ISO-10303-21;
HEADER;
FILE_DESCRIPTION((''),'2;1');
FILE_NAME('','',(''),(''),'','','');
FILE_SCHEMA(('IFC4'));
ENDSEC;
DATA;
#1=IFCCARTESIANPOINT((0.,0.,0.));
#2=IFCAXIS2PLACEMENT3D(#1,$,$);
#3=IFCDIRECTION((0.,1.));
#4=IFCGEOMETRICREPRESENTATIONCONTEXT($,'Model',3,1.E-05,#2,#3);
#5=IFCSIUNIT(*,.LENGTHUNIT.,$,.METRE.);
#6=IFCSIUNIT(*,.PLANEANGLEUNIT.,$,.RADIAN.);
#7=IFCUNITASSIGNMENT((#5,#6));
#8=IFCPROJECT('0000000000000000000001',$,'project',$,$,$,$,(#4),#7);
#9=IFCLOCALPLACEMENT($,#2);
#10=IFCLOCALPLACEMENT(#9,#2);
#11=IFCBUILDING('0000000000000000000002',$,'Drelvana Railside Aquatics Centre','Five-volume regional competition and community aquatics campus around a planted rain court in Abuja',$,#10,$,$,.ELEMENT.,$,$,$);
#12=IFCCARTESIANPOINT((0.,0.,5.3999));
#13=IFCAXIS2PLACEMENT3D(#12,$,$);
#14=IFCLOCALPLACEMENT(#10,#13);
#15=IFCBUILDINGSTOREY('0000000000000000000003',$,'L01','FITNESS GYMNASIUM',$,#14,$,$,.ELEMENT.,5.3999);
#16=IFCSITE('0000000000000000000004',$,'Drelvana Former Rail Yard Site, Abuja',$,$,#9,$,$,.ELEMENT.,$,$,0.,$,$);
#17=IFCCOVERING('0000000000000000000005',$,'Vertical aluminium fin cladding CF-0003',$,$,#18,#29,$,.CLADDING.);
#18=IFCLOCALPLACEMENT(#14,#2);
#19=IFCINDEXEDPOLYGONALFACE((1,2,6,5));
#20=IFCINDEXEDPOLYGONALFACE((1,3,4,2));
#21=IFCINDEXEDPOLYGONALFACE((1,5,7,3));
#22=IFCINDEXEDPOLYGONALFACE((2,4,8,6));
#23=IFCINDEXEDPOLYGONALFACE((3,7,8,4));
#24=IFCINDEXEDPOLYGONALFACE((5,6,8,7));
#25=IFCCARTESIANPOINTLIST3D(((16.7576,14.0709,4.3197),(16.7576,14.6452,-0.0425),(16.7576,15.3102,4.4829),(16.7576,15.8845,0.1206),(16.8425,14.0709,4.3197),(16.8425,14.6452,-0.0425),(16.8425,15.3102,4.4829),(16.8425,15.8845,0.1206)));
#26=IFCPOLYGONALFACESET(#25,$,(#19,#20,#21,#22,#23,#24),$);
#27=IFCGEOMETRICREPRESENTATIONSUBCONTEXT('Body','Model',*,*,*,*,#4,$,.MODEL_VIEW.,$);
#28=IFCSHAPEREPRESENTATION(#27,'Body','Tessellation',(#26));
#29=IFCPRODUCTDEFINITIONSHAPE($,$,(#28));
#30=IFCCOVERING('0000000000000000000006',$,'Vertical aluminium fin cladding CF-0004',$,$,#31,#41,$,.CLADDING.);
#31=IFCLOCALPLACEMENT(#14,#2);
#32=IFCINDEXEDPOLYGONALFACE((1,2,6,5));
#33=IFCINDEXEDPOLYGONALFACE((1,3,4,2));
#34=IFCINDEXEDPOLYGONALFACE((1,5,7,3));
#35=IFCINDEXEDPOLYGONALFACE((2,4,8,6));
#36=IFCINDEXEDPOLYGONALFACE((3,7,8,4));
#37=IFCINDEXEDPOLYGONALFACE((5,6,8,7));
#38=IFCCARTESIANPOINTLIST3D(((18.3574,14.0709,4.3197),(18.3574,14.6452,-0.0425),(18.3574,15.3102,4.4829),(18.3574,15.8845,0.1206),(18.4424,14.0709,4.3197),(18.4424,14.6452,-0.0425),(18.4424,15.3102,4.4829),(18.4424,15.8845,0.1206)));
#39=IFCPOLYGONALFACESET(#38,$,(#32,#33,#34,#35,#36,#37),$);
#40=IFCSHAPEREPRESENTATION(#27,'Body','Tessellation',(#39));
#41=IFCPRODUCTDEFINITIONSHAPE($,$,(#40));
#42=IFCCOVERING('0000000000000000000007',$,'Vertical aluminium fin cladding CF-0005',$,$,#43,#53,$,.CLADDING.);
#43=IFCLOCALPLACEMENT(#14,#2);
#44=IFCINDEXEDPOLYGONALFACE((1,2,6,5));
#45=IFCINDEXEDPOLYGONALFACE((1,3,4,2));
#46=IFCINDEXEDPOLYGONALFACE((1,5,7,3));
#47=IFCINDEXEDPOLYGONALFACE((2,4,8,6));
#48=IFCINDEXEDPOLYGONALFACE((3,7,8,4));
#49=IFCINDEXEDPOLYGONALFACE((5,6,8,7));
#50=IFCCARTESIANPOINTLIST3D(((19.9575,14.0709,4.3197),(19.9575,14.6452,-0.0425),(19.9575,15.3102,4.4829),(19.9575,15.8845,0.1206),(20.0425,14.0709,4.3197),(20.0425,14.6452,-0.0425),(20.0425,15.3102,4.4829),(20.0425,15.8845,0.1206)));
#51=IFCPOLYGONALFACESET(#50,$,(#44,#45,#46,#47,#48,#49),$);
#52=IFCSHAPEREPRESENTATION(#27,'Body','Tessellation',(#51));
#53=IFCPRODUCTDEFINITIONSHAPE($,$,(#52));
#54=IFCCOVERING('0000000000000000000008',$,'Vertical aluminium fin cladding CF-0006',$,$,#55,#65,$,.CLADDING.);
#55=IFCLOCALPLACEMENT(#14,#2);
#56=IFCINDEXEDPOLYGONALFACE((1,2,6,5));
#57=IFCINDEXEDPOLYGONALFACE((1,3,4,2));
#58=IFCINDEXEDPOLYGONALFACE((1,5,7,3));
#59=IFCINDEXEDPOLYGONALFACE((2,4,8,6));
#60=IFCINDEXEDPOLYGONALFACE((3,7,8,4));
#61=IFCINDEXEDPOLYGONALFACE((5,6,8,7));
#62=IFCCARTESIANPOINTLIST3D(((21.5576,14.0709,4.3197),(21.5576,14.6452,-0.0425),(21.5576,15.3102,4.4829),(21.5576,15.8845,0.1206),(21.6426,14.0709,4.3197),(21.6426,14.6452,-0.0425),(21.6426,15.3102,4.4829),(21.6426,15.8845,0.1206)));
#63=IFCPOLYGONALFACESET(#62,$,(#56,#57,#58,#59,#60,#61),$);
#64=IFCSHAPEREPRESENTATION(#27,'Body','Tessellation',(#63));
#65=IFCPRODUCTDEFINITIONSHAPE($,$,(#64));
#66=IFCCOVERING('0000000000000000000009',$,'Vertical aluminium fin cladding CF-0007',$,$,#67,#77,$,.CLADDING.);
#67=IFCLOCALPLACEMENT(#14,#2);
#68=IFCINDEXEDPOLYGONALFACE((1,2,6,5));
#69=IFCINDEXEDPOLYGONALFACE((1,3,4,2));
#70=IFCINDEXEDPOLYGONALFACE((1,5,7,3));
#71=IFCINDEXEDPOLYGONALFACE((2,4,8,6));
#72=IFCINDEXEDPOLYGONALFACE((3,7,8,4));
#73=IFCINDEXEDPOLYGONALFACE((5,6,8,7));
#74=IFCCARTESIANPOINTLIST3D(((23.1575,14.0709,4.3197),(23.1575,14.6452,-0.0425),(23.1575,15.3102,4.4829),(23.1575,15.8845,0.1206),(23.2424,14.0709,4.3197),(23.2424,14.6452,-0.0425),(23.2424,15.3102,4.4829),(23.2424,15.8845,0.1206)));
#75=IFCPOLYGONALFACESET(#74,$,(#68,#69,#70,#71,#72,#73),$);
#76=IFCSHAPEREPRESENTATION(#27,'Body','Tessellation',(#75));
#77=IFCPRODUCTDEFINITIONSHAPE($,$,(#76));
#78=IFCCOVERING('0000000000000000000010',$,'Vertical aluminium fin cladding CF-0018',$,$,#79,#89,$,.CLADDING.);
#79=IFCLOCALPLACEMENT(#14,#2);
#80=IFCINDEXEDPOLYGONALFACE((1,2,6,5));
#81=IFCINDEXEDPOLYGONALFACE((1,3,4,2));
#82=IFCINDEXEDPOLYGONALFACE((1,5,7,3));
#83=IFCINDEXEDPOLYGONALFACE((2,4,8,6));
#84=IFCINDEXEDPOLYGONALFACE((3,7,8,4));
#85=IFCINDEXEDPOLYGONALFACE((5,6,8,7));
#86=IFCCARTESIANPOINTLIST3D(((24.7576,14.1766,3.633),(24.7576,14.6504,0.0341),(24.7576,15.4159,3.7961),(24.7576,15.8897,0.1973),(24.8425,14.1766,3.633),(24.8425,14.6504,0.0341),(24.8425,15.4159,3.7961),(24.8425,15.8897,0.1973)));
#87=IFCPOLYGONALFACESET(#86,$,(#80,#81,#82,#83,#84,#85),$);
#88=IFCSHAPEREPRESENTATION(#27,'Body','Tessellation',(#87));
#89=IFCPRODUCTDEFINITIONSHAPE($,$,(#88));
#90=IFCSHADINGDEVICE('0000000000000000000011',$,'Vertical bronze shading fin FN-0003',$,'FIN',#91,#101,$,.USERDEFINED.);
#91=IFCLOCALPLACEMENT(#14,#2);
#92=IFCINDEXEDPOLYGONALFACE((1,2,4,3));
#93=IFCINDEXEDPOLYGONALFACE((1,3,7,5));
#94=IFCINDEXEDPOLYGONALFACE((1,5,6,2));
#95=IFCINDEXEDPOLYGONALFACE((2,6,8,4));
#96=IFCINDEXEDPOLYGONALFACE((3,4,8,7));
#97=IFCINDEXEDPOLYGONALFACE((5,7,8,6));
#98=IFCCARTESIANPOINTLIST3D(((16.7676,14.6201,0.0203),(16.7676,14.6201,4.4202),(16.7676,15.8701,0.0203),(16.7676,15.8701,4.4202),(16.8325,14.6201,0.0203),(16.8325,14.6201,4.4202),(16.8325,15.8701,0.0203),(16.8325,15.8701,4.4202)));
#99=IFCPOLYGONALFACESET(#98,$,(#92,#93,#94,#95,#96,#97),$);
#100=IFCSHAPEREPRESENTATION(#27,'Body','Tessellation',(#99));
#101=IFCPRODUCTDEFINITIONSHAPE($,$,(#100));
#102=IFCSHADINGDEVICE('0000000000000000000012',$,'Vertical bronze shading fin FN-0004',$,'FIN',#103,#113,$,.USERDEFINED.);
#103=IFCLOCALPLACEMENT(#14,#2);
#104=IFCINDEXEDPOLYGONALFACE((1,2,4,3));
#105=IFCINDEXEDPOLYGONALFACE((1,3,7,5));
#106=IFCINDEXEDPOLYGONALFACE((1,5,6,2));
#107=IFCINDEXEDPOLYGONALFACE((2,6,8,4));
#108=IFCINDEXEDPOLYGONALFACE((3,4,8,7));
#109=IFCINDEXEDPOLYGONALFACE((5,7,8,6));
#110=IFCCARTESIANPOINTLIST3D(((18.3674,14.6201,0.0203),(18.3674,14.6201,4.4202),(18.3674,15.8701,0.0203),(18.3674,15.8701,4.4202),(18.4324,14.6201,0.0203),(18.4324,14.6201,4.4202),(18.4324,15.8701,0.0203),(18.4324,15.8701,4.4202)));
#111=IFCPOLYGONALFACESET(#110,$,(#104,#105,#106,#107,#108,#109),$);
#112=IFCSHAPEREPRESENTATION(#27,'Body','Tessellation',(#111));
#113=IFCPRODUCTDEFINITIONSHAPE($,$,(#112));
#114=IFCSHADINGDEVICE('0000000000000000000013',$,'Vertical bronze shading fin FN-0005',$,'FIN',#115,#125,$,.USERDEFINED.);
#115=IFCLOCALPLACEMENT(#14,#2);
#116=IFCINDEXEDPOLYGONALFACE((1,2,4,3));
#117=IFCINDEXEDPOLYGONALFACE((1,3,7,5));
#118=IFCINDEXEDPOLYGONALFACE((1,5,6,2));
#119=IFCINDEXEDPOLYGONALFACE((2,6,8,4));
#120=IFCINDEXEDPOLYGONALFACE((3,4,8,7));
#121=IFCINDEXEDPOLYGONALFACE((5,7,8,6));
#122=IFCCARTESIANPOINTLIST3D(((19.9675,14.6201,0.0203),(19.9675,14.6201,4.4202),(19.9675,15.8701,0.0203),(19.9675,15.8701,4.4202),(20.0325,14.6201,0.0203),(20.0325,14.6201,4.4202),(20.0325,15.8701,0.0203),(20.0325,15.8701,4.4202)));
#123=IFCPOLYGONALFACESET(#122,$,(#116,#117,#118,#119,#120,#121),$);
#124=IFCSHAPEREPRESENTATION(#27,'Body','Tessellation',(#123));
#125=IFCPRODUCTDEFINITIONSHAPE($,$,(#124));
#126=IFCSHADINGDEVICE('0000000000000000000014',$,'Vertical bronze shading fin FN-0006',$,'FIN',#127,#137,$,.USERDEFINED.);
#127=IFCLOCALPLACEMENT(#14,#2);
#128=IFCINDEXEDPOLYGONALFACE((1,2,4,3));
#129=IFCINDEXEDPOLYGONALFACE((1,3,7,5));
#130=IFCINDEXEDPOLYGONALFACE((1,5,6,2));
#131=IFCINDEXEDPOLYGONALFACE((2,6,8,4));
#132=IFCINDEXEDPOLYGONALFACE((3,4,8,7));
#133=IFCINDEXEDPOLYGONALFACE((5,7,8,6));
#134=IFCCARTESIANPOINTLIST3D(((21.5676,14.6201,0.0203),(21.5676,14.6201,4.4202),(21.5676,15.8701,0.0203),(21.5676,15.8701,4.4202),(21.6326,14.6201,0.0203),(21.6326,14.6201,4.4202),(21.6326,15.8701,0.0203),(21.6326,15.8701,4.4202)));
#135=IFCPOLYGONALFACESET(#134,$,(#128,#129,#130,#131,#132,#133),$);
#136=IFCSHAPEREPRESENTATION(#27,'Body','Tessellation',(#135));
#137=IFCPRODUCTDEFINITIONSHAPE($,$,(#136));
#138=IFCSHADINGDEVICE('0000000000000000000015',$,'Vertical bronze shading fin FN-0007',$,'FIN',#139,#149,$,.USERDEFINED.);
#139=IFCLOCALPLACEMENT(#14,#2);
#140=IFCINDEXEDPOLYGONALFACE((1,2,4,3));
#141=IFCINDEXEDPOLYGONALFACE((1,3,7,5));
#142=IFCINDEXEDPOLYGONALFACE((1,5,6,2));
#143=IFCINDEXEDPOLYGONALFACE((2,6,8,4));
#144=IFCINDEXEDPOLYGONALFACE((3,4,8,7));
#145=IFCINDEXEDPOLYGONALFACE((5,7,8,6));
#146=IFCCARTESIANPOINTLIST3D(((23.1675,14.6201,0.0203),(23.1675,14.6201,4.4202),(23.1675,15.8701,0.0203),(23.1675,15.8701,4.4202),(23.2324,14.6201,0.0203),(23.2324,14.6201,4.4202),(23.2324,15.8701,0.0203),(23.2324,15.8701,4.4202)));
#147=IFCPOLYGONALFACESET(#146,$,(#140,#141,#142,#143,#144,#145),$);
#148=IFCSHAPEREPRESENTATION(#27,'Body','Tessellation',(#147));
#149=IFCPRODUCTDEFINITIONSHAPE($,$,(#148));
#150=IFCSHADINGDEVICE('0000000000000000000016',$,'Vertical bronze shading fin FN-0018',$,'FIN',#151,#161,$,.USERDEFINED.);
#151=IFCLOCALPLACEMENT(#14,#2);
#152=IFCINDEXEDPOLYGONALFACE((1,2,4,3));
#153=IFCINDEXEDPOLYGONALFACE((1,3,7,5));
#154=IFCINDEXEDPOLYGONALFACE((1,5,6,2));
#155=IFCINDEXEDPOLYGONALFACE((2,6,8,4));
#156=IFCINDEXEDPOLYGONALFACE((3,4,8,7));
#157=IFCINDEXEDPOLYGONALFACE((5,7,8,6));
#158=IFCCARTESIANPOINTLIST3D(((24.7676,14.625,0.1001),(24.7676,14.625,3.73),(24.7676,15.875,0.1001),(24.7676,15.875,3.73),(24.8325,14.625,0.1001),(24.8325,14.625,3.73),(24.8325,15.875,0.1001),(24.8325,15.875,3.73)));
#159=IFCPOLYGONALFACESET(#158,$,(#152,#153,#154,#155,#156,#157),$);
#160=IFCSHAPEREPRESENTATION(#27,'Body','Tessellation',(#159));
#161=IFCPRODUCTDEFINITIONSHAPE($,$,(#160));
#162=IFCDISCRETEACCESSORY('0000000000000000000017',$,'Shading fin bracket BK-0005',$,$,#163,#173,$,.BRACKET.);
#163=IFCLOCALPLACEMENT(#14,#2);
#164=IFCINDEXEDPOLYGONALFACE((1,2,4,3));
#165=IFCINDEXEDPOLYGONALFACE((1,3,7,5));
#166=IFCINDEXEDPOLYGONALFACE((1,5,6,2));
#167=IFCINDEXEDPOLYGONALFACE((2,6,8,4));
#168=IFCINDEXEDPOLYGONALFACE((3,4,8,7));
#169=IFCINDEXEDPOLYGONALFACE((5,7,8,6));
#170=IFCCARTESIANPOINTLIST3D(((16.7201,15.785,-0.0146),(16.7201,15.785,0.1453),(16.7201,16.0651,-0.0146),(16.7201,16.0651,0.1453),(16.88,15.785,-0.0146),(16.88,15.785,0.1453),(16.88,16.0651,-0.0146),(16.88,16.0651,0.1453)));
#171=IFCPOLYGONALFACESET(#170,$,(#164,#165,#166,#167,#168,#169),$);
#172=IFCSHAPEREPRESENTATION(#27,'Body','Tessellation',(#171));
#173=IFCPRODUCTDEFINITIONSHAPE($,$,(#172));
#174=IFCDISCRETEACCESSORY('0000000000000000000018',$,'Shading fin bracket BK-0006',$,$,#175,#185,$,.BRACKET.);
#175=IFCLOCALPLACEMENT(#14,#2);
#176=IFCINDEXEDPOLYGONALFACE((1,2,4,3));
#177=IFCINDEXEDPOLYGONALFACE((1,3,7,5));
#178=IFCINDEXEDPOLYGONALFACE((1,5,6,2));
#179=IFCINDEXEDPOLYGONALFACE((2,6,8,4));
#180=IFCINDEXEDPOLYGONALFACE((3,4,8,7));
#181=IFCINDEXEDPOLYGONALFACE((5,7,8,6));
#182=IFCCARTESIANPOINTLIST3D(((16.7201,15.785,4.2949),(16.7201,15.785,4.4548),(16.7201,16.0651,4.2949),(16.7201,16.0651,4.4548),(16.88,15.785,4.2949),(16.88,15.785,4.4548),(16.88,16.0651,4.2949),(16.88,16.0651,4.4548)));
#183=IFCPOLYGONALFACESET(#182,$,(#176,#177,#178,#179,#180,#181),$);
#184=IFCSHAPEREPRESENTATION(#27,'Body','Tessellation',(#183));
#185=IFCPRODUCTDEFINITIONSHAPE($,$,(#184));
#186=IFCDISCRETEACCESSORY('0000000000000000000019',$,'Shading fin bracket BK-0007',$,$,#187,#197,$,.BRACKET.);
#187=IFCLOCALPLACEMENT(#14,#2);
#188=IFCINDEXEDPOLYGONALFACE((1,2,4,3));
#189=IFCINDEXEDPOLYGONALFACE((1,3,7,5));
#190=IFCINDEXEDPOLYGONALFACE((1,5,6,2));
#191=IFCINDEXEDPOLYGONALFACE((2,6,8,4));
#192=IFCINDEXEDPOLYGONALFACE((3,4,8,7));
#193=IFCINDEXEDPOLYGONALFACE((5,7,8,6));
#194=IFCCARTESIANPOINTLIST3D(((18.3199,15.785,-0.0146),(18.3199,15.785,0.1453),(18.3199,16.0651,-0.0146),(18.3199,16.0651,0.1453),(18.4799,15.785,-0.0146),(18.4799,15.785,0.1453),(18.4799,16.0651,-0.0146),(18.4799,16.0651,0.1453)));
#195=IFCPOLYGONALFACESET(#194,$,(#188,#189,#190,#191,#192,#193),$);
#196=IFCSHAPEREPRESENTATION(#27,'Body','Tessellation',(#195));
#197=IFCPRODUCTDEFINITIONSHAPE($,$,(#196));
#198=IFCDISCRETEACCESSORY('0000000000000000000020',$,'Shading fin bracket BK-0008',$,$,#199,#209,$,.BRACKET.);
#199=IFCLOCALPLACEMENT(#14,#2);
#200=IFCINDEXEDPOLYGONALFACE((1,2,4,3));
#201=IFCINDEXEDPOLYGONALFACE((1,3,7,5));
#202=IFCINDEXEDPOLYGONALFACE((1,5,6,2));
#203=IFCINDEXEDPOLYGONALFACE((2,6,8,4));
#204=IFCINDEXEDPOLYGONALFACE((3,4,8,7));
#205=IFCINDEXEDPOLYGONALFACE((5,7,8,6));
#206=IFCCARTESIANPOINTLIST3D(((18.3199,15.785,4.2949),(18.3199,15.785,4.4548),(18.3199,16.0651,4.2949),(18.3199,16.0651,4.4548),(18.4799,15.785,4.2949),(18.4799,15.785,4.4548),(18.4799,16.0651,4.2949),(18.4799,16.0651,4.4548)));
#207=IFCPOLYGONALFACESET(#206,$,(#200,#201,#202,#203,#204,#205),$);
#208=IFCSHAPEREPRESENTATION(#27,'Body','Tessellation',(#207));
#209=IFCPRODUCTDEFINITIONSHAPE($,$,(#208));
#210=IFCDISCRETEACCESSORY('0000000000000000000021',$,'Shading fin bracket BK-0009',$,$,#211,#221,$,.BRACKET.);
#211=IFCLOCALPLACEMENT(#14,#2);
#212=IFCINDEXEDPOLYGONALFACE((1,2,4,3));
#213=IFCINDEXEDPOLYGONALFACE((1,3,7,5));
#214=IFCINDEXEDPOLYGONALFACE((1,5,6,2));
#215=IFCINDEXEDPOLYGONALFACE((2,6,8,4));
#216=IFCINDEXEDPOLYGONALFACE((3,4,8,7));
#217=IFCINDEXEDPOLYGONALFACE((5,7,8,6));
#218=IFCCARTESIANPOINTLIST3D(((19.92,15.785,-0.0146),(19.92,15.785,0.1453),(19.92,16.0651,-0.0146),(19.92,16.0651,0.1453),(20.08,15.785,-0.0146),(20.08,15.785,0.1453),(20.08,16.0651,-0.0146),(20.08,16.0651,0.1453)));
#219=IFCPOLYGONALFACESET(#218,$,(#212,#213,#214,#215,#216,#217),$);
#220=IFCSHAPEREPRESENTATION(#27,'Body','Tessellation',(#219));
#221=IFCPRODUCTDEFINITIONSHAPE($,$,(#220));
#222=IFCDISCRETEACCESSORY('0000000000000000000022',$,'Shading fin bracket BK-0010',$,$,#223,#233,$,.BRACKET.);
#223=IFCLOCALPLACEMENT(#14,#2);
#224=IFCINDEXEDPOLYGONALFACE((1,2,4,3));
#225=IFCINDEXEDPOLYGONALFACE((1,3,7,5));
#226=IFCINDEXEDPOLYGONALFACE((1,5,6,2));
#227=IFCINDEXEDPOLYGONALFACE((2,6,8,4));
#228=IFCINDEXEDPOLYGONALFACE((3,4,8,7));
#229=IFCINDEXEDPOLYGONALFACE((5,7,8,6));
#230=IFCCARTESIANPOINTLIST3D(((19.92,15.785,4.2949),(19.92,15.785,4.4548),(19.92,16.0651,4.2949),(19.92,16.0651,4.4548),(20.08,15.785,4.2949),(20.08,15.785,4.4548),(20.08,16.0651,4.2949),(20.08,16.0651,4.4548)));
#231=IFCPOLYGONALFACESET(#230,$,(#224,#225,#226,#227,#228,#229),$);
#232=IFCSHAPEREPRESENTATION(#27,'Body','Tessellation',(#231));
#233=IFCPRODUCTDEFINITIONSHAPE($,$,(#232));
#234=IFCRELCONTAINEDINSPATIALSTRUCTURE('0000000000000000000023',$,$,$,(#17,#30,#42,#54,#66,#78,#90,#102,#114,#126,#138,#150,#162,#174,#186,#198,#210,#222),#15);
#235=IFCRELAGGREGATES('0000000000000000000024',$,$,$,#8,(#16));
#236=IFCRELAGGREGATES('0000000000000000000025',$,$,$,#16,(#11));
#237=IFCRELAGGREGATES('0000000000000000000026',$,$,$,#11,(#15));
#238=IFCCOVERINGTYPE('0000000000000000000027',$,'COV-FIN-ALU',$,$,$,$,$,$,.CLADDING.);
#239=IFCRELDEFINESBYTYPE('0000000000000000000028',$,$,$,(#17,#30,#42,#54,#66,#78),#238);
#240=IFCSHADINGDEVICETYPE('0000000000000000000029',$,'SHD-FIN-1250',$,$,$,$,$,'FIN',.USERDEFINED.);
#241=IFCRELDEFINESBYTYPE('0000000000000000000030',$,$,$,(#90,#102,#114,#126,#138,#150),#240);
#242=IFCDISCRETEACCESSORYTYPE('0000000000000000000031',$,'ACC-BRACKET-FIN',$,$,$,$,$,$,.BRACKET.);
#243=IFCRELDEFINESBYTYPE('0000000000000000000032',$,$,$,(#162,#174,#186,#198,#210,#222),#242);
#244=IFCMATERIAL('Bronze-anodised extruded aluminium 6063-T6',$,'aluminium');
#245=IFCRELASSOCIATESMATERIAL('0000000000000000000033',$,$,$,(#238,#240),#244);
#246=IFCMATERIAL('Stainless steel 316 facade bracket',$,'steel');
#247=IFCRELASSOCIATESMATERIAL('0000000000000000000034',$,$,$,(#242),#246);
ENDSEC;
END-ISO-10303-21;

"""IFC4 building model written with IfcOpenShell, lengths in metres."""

from ifc_helpers import new_model, si_unit, direction, frame, origin, origin_2d, place, context, subcontext, project, spatial, rectangle, extrude, material, type_object, element, save


model = new_model("IFC4")

# Units and contexts
model_context = context("Model", 3, precision=1e-05, world=origin(), true_north=direction((0.0, 1.0)))
body_context = subcontext(model_context, "Body", "Model", "MODEL_VIEW")
ifc_project = project(units=[si_unit("LENGTHUNIT", "METRE"), si_unit("PLANEANGLEUNIT", "RADIAN")], contexts=[model_context])

# Site, building, storey
site_placement = place(None, origin())
site = spatial("IfcSite", under=ifc_project, at=site_placement, Name="Drelvana Former Rail Yard Site, Abuja", CompositionType="ELEMENT", RefElevation=0.0)
building_placement = place(site_placement, origin())
building = spatial("IfcBuilding", under=site, at=building_placement, Name="Drelvana Railside Aquatics Centre", Description="Five-volume regional competition and community aquatics campus around a planted rain court in Abuja", CompositionType="ELEMENT")
storey_placement = place(building_placement, frame((0.0, 0.0, 5.3999)))
storey = spatial("IfcBuildingStorey", under=building, at=storey_placement, Name="L01", Description="FITNESS GYMNASIUM", CompositionType="ELEMENT", Elevation=5.3999)

# Coverings
ifc_material_1 = material(Name="Bronze-anodised extruded aluminium 6063-T6", Category="aluminium")
covering_type = type_object("IfcCoveringType", Name="COV-FIN-ALU", PredefinedType="CLADDING", material=ifc_material_1)
for number, where, z_axis, x_axis, name in (
    (1, (16.8, 15.2649, 0.0391), (0.0, -0.130526, 0.991445), (-1.0, 0.0, 0.0), "Vertical aluminium fin cladding CF-0003"),
    (2, (18.3999, 15.2649, 0.0391), (0.0, -0.130526, 0.991445), (-1.0, 0.0, 0.0), "Vertical aluminium fin cladding CF-0004"),
    (3, (20.0, 15.2649, 0.0391), (0.0, -0.130526, 0.991445), (-1.0, 0.0, 0.0), "Vertical aluminium fin cladding CF-0005"),
    (4, (21.6001, 15.2649, 0.0391), (0.0, -0.130526, 0.991445), (-1.0, 0.0, 0.0), "Vertical aluminium fin cladding CF-0006"),
    (5, (23.2, 15.2649, 0.0391), (0.0, -0.130526, 0.991445), (-1.0, 0.0, 0.0), "Vertical aluminium fin cladding CF-0007"),
):
    element("IfcCovering", number, at=place(storey_placement, frame(where, z_axis=z_axis, x_axis=x_axis)), inside=storey, type_object=covering_type, Name=name, PredefinedType="CLADDING", context=body_context, shape_type="SweptSolid", body=[
        extrude(rectangle(XDim=0.085, YDim=1.25, at=origin_2d()), origin(), (0.0, 0.0, 1.0), 4.3999),
    ])
covering_placement = place(storey_placement, frame((24.8, 15.27, 0.1157), z_axis=(0.0, -0.130526, 0.991445), x_axis=(-1.0, 0.0, 0.0)))
element("IfcCovering", 6, at=covering_placement, inside=storey, type_object=covering_type, Name="Vertical aluminium fin cladding CF-0018", PredefinedType="CLADDING", context=body_context, shape_type="SweptSolid", body=[
    extrude(rectangle(XDim=0.085, YDim=1.25, at=origin_2d()), origin(), (0.0, 0.0, 1.0), 3.6299),
])

# Shading devices
shading_device_type = type_object("IfcShadingDeviceType", Name="SHD-FIN-1250", ElementType="FIN", PredefinedType="USERDEFINED", material=ifc_material_1)
for number, where, z_axis, x_axis, name in (
    (7, (16.8, 15.2451, 0.0203), (0.0, 0.0, 1.0), (0.0, -1.0, 0.0), "Vertical bronze shading fin FN-0003"),
    (8, (18.3999, 15.2451, 0.0203), (0.0, 0.0, 1.0), (0.0, -1.0, 0.0), "Vertical bronze shading fin FN-0004"),
    (9, (20.0, 15.2451, 0.0203), (0.0, 0.0, 1.0), (0.0, -1.0, 0.0), "Vertical bronze shading fin FN-0005"),
    (10, (21.6001, 15.2451, 0.0203), (0.0, 0.0, 1.0), (0.0, -1.0, 0.0), "Vertical bronze shading fin FN-0006"),
    (11, (23.2, 15.2451, 0.0203), (0.0, 0.0, 1.0), (0.0, -1.0, 0.0), "Vertical bronze shading fin FN-0007"),
):
    element("IfcShadingDevice", number, at=place(storey_placement, frame(where, z_axis=z_axis, x_axis=x_axis)), inside=storey, type_object=shading_device_type, Name=name, ObjectType="FIN", PredefinedType="USERDEFINED", context=body_context, shape_type="SweptSolid", body=[
        extrude(rectangle(XDim=1.25, YDim=0.0649, at=origin_2d()), origin(), (0.0, 0.0, 1.0), 4.3999),
    ])
shading_device_placement = place(storey_placement, frame((24.8, 15.25, 0.1001), z_axis=(0.0, 0.0, 1.0), x_axis=(0.0, -1.0, 0.0)))
element("IfcShadingDevice", 12, at=shading_device_placement, inside=storey, type_object=shading_device_type, Name="Vertical bronze shading fin FN-0018", ObjectType="FIN", PredefinedType="USERDEFINED", context=body_context, shape_type="SweptSolid", body=[
    extrude(rectangle(XDim=1.25, YDim=0.0649, at=origin_2d()), origin(), (0.0, 0.0, 1.0), 3.6299),
])

# Discrete accessories
ifc_material_2 = material(Name="Stainless steel 316 facade bracket", Category="steel")
discrete_accessory_type = type_object("IfcDiscreteAccessoryType", Name="ACC-BRACKET-FIN", PredefinedType="BRACKET", material=ifc_material_2)
for number, where, z_axis, x_axis, name in (
    (13, (16.8, 15.925, -0.0146), (0.0, 0.0, 1.0), (0.0, -1.0, 0.0), "Shading fin bracket BK-0005"),
    (14, (16.8, 15.925, 4.2949), (0.0, 0.0, 1.0), (0.0, -1.0, 0.0), "Shading fin bracket BK-0006"),
    (15, (18.3999, 15.925, -0.0146), (0.0, 0.0, 1.0), (0.0, -1.0, 0.0), "Shading fin bracket BK-0007"),
    (16, (18.3999, 15.925, 4.2949), (0.0, 0.0, 1.0), (0.0, -1.0, 0.0), "Shading fin bracket BK-0008"),
    (17, (20.0, 15.925, -0.0146), (0.0, 0.0, 1.0), (0.0, -1.0, 0.0), "Shading fin bracket BK-0009"),
    (18, (20.0, 15.925, 4.2949), (0.0, 0.0, 1.0), (0.0, -1.0, 0.0), "Shading fin bracket BK-0010"),
):
    element("IfcDiscreteAccessory", number, at=place(storey_placement, frame(where, z_axis=z_axis, x_axis=x_axis)), inside=storey, type_object=discrete_accessory_type, Name=name, PredefinedType="BRACKET", context=body_context, shape_type="SweptSolid", body=[
        extrude(rectangle(XDim=0.28, YDim=0.1599, at=origin_2d()), origin(), (0.0, 0.0, 1.0), 0.1599),
    ])

save(model, "model.ifc")
